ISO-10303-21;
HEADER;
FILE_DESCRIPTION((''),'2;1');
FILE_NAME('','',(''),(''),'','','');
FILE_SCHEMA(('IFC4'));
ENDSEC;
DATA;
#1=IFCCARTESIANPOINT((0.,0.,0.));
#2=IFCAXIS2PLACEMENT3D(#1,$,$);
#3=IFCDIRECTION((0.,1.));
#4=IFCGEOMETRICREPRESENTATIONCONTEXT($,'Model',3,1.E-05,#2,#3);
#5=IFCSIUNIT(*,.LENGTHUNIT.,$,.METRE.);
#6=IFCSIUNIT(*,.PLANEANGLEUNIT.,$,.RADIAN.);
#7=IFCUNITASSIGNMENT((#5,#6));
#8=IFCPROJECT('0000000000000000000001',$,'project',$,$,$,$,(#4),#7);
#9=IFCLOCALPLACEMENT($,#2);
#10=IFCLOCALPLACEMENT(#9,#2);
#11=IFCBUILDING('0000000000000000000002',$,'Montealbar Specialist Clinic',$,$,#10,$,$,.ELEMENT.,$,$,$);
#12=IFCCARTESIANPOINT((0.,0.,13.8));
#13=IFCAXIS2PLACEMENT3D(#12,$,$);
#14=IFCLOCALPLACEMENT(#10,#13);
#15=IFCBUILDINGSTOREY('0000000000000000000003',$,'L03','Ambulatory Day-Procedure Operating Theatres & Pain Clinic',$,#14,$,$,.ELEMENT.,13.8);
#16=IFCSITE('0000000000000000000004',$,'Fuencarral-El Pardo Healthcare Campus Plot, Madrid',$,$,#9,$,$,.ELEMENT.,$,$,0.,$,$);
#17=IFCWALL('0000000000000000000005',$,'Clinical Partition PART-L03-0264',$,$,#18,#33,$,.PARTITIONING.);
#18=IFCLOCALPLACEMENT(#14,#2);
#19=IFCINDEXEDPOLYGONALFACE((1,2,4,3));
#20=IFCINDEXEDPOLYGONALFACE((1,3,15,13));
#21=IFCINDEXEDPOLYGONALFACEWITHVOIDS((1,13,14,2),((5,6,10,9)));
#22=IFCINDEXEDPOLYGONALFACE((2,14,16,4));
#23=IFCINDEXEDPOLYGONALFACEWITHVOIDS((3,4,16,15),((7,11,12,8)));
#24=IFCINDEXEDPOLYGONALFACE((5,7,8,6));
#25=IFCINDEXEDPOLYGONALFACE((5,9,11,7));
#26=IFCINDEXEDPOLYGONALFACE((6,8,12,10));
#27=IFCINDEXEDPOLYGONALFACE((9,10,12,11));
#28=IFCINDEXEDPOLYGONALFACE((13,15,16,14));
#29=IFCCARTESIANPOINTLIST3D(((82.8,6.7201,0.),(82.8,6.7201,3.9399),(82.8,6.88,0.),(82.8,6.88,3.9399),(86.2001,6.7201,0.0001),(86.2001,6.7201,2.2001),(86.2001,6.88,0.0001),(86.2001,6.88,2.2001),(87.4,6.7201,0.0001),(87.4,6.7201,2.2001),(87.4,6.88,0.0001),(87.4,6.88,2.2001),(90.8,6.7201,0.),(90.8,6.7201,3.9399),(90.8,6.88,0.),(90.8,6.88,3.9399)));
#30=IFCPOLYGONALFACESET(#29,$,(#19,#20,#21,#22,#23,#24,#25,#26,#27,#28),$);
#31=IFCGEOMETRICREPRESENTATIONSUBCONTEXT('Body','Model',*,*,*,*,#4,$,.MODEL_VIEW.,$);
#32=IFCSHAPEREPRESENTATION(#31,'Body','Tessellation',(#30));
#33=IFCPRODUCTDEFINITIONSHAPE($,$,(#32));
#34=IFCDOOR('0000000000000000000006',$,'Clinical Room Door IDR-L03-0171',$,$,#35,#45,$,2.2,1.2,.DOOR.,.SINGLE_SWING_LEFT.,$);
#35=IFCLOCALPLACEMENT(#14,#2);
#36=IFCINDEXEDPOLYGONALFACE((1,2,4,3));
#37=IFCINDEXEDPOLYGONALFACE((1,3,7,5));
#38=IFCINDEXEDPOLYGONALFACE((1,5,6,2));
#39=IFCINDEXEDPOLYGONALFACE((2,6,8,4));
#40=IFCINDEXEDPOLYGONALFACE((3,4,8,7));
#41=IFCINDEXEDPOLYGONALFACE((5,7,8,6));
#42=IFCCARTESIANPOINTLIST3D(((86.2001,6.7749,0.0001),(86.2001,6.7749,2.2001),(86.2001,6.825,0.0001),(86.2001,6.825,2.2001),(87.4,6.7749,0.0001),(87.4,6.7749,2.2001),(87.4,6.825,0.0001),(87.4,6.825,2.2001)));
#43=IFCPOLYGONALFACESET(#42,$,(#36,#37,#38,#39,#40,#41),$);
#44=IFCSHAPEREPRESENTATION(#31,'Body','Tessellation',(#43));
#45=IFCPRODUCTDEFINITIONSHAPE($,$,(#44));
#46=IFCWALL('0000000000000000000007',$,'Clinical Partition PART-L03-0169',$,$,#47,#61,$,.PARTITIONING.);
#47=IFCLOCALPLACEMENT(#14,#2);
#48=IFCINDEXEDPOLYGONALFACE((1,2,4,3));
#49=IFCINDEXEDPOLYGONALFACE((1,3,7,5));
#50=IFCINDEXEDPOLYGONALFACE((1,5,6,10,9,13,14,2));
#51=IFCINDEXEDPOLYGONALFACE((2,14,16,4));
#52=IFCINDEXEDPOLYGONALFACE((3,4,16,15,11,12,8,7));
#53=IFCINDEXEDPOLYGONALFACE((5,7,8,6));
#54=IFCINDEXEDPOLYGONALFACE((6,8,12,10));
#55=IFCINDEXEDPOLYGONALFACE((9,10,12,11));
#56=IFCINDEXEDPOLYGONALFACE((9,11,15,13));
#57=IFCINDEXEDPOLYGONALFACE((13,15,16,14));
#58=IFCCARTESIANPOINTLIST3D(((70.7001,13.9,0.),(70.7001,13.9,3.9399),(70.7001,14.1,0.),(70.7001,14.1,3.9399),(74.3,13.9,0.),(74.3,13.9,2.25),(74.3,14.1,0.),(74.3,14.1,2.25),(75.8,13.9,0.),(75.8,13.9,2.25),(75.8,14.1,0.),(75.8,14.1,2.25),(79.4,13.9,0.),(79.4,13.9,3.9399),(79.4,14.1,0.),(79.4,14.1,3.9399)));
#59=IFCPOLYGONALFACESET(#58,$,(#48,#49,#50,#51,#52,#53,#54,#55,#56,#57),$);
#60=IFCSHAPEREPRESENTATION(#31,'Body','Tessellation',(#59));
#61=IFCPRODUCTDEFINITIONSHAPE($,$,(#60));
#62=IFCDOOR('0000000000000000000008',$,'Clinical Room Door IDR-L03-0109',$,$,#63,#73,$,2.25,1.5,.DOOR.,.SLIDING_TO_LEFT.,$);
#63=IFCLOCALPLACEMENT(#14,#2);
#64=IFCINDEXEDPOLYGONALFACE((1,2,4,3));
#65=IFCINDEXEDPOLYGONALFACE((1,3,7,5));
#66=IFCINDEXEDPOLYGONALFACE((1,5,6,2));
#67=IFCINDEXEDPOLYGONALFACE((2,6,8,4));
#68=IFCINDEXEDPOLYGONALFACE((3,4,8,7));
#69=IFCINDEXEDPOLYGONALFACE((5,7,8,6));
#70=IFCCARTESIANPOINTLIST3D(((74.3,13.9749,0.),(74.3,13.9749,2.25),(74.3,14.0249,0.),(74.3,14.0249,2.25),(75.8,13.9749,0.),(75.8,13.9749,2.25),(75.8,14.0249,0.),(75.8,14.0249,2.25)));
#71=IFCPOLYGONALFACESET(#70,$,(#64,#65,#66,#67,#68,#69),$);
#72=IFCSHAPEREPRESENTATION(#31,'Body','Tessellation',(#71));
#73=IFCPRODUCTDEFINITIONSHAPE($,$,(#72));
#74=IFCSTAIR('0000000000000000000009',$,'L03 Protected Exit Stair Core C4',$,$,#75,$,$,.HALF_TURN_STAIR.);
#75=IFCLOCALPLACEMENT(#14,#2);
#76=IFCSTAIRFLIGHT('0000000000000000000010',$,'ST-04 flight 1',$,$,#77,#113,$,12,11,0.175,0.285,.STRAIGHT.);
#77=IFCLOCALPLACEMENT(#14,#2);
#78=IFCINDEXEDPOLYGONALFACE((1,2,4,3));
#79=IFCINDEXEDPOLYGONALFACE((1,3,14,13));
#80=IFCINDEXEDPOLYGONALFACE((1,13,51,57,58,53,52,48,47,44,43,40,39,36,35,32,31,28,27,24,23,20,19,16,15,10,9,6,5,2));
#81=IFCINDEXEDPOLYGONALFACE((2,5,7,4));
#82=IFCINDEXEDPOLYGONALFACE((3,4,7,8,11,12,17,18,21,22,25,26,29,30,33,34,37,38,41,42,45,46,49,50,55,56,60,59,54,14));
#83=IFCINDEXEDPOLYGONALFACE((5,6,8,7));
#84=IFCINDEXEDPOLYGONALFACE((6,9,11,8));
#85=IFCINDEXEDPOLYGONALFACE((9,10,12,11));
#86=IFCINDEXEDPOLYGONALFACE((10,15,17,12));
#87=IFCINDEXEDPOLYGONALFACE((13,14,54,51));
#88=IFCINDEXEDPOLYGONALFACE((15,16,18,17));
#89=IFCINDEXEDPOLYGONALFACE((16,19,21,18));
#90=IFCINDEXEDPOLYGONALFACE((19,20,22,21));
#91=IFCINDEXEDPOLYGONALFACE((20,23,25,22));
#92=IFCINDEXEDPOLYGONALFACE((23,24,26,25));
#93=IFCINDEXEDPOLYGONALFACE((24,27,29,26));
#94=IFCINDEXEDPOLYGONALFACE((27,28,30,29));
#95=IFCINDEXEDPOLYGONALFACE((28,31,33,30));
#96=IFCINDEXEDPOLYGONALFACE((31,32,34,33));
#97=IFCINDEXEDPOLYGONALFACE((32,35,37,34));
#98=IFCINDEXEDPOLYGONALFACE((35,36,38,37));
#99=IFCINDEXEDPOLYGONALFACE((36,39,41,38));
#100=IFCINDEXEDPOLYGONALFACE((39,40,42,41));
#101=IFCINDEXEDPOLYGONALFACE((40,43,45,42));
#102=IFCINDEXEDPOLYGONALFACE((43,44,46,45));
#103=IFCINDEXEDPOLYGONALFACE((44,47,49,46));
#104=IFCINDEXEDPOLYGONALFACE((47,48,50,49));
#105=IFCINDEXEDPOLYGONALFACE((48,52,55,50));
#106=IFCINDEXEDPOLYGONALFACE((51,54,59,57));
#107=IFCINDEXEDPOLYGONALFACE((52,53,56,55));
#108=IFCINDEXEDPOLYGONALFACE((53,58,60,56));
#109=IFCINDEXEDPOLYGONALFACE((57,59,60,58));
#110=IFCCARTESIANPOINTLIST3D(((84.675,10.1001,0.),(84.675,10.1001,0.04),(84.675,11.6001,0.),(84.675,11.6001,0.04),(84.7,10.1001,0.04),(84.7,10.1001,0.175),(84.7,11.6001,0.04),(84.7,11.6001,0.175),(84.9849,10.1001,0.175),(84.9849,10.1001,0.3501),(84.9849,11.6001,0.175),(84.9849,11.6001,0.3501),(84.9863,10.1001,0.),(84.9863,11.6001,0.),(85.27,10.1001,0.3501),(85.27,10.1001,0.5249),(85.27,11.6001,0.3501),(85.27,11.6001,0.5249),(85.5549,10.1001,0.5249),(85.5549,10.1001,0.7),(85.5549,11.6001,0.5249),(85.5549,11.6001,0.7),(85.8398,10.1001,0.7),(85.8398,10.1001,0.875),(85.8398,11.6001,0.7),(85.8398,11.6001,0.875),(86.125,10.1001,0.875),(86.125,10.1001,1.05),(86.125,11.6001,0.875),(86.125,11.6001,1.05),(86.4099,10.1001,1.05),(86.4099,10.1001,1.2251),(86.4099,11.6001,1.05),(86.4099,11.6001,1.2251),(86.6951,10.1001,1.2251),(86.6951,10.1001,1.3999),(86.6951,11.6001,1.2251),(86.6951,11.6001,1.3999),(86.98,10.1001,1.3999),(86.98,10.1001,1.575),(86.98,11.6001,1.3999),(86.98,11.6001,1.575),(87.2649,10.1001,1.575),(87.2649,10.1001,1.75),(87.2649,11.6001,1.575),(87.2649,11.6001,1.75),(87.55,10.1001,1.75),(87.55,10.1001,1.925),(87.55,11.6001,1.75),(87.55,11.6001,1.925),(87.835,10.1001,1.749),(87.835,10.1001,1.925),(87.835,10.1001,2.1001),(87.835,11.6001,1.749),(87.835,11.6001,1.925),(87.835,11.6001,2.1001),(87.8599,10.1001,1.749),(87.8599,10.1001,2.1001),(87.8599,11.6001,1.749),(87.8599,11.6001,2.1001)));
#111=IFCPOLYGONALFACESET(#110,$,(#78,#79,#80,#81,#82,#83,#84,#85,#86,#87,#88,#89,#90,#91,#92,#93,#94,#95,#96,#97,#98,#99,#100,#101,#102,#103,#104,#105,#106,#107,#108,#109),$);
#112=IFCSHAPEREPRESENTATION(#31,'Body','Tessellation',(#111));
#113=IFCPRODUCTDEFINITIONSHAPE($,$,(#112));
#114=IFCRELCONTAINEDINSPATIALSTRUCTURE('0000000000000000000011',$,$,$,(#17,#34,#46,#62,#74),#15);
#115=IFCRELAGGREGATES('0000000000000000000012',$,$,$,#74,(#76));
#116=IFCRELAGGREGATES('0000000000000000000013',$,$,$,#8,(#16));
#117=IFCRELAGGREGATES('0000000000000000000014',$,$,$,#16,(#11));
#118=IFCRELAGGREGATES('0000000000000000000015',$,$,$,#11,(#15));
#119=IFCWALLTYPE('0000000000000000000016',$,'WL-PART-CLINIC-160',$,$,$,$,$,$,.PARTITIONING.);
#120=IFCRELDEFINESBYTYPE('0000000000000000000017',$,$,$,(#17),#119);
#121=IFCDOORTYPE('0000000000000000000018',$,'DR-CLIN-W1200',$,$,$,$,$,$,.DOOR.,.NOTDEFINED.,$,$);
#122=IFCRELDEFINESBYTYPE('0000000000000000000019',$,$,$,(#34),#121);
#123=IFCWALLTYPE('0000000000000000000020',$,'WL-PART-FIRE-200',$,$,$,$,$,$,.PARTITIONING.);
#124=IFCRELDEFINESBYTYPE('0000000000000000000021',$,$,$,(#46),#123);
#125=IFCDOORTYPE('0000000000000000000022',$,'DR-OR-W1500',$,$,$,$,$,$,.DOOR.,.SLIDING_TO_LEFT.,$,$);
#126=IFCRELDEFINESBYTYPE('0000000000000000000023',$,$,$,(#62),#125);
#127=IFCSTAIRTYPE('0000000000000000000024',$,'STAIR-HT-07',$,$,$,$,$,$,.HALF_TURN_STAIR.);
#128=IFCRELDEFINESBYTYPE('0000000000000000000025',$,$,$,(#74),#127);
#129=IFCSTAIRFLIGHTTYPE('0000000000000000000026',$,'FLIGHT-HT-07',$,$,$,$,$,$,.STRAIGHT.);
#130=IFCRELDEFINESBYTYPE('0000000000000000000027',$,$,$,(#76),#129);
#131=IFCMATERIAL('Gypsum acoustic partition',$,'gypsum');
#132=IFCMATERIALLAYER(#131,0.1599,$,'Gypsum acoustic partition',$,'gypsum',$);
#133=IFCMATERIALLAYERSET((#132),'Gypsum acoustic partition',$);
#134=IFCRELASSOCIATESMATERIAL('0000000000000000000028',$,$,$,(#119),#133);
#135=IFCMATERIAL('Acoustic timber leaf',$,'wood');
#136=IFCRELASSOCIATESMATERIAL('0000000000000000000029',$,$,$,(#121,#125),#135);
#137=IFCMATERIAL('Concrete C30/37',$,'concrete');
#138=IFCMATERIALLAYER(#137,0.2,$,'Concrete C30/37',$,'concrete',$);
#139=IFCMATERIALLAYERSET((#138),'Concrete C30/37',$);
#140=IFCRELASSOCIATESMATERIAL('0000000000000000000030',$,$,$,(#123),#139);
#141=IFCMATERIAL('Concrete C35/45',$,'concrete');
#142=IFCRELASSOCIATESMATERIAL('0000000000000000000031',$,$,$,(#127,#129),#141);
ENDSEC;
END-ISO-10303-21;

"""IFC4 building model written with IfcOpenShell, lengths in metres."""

from ifc_helpers import new_model, si_unit, direction, frame, frame_2d, origin, place, context, subcontext, project, spatial, polyline, rectangle, outline, extrude, material, layer, layer_set, type_object, element, fill, aggregate, save


model = new_model("IFC4")

# Units and contexts
model_context = context("Model", 3, precision=1e-05, world=origin(), true_north=direction((0.0, 1.0)))
body_context = subcontext(model_context, "Body", "Model", "MODEL_VIEW")
ifc_project = project(units=[si_unit("LENGTHUNIT", "METRE"), si_unit("PLANEANGLEUNIT", "RADIAN")], contexts=[model_context])

# Site, building, storey
site_placement = place(None, origin())
site = spatial("IfcSite", under=ifc_project, at=site_placement, Name="Fuencarral-El Pardo Healthcare Campus Plot, Madrid", CompositionType="ELEMENT", RefElevation=0.0)
building_placement = place(site_placement, origin())
building = spatial("IfcBuilding", under=site, at=building_placement, Name="Montealbar Specialist Clinic", CompositionType="ELEMENT")
storey_placement = place(building_placement, frame((0.0, 0.0, 13.8)))
storey = spatial("IfcBuildingStorey", under=building, at=storey_placement, Name="L03", Description="Ambulatory Day-Procedure Operating Theatres & Pain Clinic", CompositionType="ELEMENT", Elevation=13.8)

# Shared definitions
ifc_material_1 = material(Name="Concrete C35/45", Category="concrete")

# Shared definitions
ifc_material_2 = material(Name="Gypsum acoustic partition", Category="gypsum")

# Walls, openings, doors
ifc_layer_1 = layer(ifc_material_2, 0.1599, Name="Gypsum acoustic partition", Category="gypsum")
ifc_layer_set_1 = layer_set([ifc_layer_1], Name="Gypsum acoustic partition")
wall_type_1 = type_object("IfcWallType", Name="WL-PART-CLINIC-160", PredefinedType="PARTITIONING", material=ifc_layer_set_1)
wall_1_placement = place(storey_placement, frame((82.8, 6.8, 0.0), z_axis=(0.0, 0.0, 1.0), x_axis=(1.0, 0.0, 0.0)))
wall_1 = element("IfcWall", 1, at=wall_1_placement, inside=storey, type_object=wall_type_1, Name="Clinical Partition PART-L03-0264", PredefinedType="PARTITIONING", context=body_context, shape_type="SweptSolid", body=[
    extrude(rectangle(XDim=8.0, YDim=0.1599, at=frame_2d((4.0, 0.0))), origin(), (0.0, 0.0, 1.0), 3.9399),
])
opening_1_placement = place(wall_1_placement, frame((3.3999, 0.0, 0.0)))
opening_1 = element("IfcOpeningElement", 2, at=opening_1_placement, cuts=wall_1, PredefinedType="OPENING", context=body_context, shape_type="SweptSolid", body=[
    extrude(rectangle(XDim=1.2, YDim=2.2, at=frame_2d((0.6001, 1.1001))), frame((0.0, 0.0898, 0.0), z_axis=(0.0, -1.0, 0.0), x_axis=(1.0, 0.0, 0.0)), (0.0, 0.0, 1.0), 0.1799),
])
ifc_material_3 = material(Name="Acoustic timber leaf", Category="wood")
door_type_1 = type_object("IfcDoorType", Name="DR-CLIN-W1200", OperationType="NOTDEFINED", PredefinedType="DOOR", material=ifc_material_3)
door_1_placement = place(opening_1_placement, origin())
door_1 = element("IfcDoor", 3, at=door_1_placement, inside=storey, type_object=door_type_1, Name="Clinical Room Door IDR-L03-0171", OperationType="SINGLE_SWING_LEFT", OverallHeight=2.2, OverallWidth=1.2, PredefinedType="DOOR", context=body_context, shape_type="SweptSolid", body=[
    extrude(rectangle(XDim=1.2, YDim=2.2, at=frame_2d((0.6001, 1.1001))), frame((0.0, 0.0249, 0.0), z_axis=(0.0, -1.0, 0.0), x_axis=(1.0, 0.0, 0.0)), (0.0, 0.0, 1.0), 0.05),
])
fill(opening_1, door_1)
ifc_material_4 = material(Name="Concrete C30/37", Category="concrete")
ifc_layer_2 = layer(ifc_material_4, 0.2, Name="Concrete C30/37", Category="concrete")
ifc_layer_set_2 = layer_set([ifc_layer_2], Name="Concrete C30/37")
wall_type_2 = type_object("IfcWallType", Name="WL-PART-FIRE-200", PredefinedType="PARTITIONING", material=ifc_layer_set_2)
wall_2_placement = place(storey_placement, frame((70.7, 14.0, 0.0), z_axis=(0.0, 0.0, 1.0), x_axis=(1.0, 0.0, 0.0)))
wall_2 = element("IfcWall", 4, at=wall_2_placement, inside=storey, type_object=wall_type_2, Name="Clinical Partition PART-L03-0169", PredefinedType="PARTITIONING", context=body_context, shape_type="SweptSolid", body=[
    extrude(rectangle(XDim=8.7, YDim=0.2, at=frame_2d((4.3501, 0.0))), origin(), (0.0, 0.0, 1.0), 3.9399),
])
opening_2_placement = place(wall_2_placement, frame((3.6001, 0.0, 0.0)))
opening_2 = element("IfcOpeningElement", 5, at=opening_2_placement, cuts=wall_2, PredefinedType="OPENING", context=body_context, shape_type="SweptSolid", body=[
    extrude(rectangle(XDim=1.5, YDim=2.25, at=frame_2d((0.75, 1.125))), frame((0.0, 0.1099, 0.0), z_axis=(0.0, -1.0, 0.0), x_axis=(1.0, 0.0, 0.0)), (0.0, 0.0, 1.0), 0.22),
])
door_type_2 = type_object("IfcDoorType", Name="DR-OR-W1500", OperationType="SLIDING_TO_LEFT", PredefinedType="DOOR", material=ifc_material_3)
door_2_placement = place(opening_2_placement, origin())
door_2 = element("IfcDoor", 6, at=door_2_placement, inside=storey, type_object=door_type_2, Name="Clinical Room Door IDR-L03-0109", OperationType="SLIDING_TO_LEFT", OverallHeight=2.25, OverallWidth=1.5, PredefinedType="DOOR", context=body_context, shape_type="SweptSolid", body=[
    extrude(rectangle(XDim=1.5, YDim=2.25, at=frame_2d((0.75, 1.125))), frame((0.0, 0.0249, 0.0), z_axis=(0.0, -1.0, 0.0), x_axis=(1.0, 0.0, 0.0)), (0.0, 0.0, 1.0), 0.05),
])
fill(opening_2, door_2)

# Stair, stair flight
stair_type = type_object("IfcStairType", Name="STAIR-HT-07", PredefinedType="HALF_TURN_STAIR", material=ifc_material_1)
stair_placement = place(storey_placement, origin())
stair = element("IfcStair", 7, at=stair_placement, inside=storey, type_object=stair_type, Name="L03 Protected Exit Stair Core C4", PredefinedType="HALF_TURN_STAIR")
stair_flight_type = type_object("IfcStairFlightType", Name="FLIGHT-HT-07", PredefinedType="STRAIGHT", material=ifc_material_1)
stair_flight_placement = place(storey_placement, frame((84.7, 10.8501, 0.0), z_axis=(0.0, 0.0, 1.0), x_axis=(1.0, 0.0, 0.0)))
stair_flight = element("IfcStairFlight", 8, at=stair_flight_placement, type_object=stair_flight_type, Name="ST-04 flight 1", NumberOfRisers=12, NumberOfTreads=11, PredefinedType="STRAIGHT", RiserHeight=0.175, TreadLength=0.285, context=body_context, shape_type="SweptSolid", body=[
    extrude(outline(polyline([(-0.0249, 0.0), (-0.0249, 0.04), (0.0, 0.04), (0.0, 0.175), (0.2849, 0.175), (0.2849, 0.3501), (0.5701, 0.3501), (0.5701, 0.5249), (0.855, 0.5249), (0.855, 0.7), (1.1399, 0.7), (1.1399, 0.875), (1.425, 0.875), (1.425, 1.05), (1.71, 1.05), (1.71, 1.2251), (1.9951, 1.2251), (1.9951, 1.3999), (2.28, 1.3999), (2.28, 1.575), (2.5649, 1.575), (2.5649, 1.75), (2.8501, 1.75), (2.8501, 1.925), (3.135, 1.925), (3.135, 2.1001), (3.1599, 2.1001), (3.1599, 1.749), (3.135, 1.749), (0.2864, 0.0), (-0.0249, 0.0)])), frame((0.0, 0.75, 0.0), z_axis=(0.0, -1.0, 0.0), x_axis=(1.0, 0.0, 0.0)), (0.0, 0.0, 1.0), 1.5),
])
aggregate(stair, [stair_flight])

save(model, "model.ifc")
